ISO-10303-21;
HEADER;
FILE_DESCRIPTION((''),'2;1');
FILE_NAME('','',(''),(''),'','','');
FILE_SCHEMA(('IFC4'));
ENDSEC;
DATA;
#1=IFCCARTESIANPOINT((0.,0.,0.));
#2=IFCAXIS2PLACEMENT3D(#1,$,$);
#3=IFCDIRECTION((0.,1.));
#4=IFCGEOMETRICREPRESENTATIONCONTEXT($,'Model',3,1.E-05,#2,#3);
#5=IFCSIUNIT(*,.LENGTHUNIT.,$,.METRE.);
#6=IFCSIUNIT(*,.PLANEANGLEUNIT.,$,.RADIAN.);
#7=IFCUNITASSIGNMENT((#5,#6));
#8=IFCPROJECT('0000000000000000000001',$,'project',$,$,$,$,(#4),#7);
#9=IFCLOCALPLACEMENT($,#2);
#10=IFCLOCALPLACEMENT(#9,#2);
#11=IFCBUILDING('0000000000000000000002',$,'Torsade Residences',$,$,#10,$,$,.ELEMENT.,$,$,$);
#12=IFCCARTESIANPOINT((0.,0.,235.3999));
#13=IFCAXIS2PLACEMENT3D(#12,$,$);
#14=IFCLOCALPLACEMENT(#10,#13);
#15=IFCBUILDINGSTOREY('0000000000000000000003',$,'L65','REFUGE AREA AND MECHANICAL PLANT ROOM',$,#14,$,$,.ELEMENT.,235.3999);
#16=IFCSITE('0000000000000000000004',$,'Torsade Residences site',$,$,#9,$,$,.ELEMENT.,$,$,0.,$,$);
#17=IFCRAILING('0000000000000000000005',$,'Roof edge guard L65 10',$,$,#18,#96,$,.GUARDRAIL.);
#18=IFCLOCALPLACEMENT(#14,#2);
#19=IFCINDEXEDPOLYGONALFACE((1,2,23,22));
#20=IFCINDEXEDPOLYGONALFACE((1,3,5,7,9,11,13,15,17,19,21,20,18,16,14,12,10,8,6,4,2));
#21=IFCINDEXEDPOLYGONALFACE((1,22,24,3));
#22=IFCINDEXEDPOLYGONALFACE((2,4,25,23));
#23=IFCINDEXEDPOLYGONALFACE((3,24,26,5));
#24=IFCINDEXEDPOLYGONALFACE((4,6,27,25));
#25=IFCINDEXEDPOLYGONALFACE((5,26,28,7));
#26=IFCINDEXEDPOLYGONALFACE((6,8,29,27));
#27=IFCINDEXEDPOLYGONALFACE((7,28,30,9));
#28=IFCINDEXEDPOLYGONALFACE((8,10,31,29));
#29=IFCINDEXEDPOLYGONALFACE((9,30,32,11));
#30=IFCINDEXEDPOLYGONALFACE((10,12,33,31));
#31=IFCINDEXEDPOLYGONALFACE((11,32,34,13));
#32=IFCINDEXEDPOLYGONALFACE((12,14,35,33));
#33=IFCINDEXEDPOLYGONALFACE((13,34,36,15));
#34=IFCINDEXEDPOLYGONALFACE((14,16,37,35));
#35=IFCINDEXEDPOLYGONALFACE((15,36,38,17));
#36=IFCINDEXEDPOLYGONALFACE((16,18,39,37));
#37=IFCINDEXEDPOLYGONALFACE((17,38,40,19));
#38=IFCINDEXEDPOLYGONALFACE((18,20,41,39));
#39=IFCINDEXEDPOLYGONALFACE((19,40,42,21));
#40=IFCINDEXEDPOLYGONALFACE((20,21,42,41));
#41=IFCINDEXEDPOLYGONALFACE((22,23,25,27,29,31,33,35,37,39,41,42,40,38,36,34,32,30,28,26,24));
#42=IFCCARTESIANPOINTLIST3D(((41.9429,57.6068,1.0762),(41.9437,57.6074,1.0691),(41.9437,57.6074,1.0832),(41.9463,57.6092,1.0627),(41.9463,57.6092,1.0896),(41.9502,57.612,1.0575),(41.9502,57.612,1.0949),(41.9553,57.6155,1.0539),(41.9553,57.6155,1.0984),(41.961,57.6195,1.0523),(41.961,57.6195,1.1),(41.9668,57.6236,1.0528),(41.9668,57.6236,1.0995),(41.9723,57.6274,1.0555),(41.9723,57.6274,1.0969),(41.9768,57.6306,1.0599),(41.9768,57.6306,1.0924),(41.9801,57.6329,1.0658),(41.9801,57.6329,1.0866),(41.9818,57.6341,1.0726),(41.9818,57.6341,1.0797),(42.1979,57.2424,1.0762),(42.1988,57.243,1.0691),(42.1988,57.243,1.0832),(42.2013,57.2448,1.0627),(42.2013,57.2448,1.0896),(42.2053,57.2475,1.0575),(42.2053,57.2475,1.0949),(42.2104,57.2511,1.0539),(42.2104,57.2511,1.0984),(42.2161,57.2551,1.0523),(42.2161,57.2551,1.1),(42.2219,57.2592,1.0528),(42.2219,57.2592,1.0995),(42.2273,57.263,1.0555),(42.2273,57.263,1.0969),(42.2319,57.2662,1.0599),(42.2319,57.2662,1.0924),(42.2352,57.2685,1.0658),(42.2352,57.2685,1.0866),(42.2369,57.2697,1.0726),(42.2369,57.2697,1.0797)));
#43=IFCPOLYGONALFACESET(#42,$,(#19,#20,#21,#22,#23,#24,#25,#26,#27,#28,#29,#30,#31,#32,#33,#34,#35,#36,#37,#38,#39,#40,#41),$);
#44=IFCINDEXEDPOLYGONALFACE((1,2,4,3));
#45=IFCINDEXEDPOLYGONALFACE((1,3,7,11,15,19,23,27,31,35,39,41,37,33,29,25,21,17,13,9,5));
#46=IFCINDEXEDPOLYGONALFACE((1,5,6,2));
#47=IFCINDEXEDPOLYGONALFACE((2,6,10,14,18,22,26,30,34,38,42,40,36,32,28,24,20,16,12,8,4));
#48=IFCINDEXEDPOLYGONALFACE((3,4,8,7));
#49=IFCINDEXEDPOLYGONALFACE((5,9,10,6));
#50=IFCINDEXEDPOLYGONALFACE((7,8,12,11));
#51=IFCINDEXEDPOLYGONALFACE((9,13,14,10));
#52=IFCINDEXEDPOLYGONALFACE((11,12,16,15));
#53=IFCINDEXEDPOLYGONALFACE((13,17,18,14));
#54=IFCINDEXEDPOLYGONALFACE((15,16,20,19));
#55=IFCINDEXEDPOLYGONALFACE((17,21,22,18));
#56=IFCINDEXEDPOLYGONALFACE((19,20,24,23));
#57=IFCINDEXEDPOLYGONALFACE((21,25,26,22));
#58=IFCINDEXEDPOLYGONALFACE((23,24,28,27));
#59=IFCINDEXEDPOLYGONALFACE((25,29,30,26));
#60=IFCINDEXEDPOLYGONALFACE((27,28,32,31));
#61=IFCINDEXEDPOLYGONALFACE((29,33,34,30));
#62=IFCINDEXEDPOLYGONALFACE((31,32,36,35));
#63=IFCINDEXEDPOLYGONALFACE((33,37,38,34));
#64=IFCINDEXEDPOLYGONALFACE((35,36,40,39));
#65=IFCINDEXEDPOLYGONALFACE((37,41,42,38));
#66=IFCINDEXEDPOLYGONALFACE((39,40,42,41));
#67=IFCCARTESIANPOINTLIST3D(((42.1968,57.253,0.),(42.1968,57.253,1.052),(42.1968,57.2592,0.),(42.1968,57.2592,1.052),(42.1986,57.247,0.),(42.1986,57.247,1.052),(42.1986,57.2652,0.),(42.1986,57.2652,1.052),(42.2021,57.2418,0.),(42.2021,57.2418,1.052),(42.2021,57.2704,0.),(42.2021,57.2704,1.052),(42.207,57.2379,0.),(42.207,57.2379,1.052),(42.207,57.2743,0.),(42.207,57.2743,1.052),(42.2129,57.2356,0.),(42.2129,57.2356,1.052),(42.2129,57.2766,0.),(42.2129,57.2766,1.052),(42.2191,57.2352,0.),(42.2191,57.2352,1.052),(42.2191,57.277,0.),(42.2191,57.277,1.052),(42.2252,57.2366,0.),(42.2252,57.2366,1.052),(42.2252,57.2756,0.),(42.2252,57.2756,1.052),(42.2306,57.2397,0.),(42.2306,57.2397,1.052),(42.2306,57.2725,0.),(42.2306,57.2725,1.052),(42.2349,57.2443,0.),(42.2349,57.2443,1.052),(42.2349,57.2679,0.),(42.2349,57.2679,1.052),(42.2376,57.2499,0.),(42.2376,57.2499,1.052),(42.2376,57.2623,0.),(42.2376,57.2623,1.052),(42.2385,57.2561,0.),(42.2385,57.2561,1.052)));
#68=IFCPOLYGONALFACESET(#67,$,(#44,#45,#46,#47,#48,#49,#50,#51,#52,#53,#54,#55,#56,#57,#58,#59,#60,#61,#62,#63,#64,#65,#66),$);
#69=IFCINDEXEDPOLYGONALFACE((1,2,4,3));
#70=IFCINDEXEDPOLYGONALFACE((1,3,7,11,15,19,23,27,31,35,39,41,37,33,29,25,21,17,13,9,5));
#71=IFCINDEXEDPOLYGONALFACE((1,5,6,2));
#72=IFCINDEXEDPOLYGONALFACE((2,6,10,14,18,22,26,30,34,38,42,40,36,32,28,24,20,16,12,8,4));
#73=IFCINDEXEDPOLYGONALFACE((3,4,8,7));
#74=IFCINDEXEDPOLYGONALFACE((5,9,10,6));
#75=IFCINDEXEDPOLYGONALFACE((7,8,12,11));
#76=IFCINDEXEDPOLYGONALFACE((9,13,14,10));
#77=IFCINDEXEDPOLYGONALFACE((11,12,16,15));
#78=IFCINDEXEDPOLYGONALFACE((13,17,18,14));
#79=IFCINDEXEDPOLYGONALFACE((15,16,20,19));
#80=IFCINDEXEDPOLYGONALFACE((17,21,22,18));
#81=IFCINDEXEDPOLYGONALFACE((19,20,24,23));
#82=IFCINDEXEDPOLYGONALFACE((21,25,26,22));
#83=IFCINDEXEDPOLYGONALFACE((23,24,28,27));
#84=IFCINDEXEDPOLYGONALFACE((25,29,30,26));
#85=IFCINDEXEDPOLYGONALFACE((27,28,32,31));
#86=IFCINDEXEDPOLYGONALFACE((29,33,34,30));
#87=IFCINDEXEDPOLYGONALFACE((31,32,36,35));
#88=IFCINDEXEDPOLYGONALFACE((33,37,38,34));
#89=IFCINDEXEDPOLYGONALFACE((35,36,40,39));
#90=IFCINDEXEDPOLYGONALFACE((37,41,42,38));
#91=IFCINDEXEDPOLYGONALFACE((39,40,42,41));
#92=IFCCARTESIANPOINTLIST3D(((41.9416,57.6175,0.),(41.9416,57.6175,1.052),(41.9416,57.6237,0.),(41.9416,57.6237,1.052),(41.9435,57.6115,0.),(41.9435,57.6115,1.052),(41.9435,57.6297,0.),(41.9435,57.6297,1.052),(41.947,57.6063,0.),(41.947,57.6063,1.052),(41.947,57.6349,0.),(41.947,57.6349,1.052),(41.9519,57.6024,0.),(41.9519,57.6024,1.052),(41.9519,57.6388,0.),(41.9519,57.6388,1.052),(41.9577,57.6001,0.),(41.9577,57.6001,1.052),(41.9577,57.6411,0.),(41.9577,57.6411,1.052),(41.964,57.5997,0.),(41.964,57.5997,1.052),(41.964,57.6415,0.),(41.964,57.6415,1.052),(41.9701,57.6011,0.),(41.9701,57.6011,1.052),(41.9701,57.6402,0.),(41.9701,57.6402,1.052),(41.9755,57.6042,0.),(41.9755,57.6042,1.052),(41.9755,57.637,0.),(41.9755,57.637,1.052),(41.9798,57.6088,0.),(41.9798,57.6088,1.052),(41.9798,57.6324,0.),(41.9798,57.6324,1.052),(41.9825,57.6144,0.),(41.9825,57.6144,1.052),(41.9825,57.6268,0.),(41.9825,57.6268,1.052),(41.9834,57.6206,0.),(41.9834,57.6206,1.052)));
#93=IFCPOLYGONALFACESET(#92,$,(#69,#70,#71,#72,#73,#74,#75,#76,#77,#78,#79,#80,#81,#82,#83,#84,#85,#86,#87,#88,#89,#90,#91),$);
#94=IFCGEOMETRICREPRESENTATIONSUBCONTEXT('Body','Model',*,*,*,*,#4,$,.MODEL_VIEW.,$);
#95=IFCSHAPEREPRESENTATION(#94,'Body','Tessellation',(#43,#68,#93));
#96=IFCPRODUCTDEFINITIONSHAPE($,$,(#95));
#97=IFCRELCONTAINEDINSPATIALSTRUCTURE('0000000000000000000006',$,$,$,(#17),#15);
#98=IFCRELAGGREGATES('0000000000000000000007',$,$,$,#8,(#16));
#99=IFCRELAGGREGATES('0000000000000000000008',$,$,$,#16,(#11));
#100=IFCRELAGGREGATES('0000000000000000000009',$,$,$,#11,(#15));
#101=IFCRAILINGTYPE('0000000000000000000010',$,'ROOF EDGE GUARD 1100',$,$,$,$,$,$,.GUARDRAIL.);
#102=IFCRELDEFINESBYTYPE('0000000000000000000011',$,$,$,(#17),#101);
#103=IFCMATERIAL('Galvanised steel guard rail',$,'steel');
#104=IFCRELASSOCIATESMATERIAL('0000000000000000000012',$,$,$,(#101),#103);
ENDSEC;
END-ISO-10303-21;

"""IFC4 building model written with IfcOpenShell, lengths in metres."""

from ifc_helpers import new_model, si_unit, direction, frame, origin, origin_2d, place, context, subcontext, project, spatial, circle, extrude, material, type_object, element, save


model = new_model("IFC4")

# Units and contexts
model_context = context("Model", 3, precision=1e-05, world=origin(), true_north=direction((0.0, 1.0)))
body_context = subcontext(model_context, "Body", "Model", "MODEL_VIEW")
ifc_project = project(units=[si_unit("LENGTHUNIT", "METRE"), si_unit("PLANEANGLEUNIT", "RADIAN")], contexts=[model_context])

# Site, building, storey
site_placement = place(None, origin())
site = spatial("IfcSite", under=ifc_project, at=site_placement, Name="Torsade Residences site", CompositionType="ELEMENT", RefElevation=0.0)
building_placement = place(site_placement, origin())
building = spatial("IfcBuilding", under=site, at=building_placement, Name="Torsade Residences", CompositionType="ELEMENT")
storey_placement = place(building_placement, frame((0.0, 0.0, 235.3999)))
storey = spatial("IfcBuildingStorey", under=building, at=storey_placement, Name="L65", Description="REFUGE AREA AND MECHANICAL PLANT ROOM", CompositionType="ELEMENT", Elevation=235.3999)

# Railing
ifc_material_1 = material(Name="Galvanised steel guard rail", Category="steel")
railing_type = type_object("IfcRailingType", Name="ROOF EDGE GUARD 1100", PredefinedType="GUARDRAIL", material=ifc_material_1)
railing_1_placement = place(storey_placement, frame((42.2175, 57.2561, 0.0)))
element("IfcRailing", 1, at=railing_1_placement, inside=storey, type_object=railing_type, Name="Roof edge guard L65 10", PredefinedType="GUARDRAIL", context=body_context, shape_type="SweptSolid", body=[
    extrude(circle(Radius=0.0239, at=origin_2d()), frame((0.0, 0.0, 1.0762), z_axis=(-0.573426, 0.819258, 0.0), x_axis=(-0.819258, -0.573426, 0.0)), (0.0, 0.0, 1.0), 0.4448),
    extrude(circle(Radius=0.021, at=origin_2d()), origin(), (0.0, 0.0, 1.0), 1.052),
    extrude(circle(Radius=0.021, at=origin_2d()), frame((-0.2551, 0.3645, 0.0)), (0.0, 0.0, 1.0), 1.052),
])

save(model, "model.ifc")
